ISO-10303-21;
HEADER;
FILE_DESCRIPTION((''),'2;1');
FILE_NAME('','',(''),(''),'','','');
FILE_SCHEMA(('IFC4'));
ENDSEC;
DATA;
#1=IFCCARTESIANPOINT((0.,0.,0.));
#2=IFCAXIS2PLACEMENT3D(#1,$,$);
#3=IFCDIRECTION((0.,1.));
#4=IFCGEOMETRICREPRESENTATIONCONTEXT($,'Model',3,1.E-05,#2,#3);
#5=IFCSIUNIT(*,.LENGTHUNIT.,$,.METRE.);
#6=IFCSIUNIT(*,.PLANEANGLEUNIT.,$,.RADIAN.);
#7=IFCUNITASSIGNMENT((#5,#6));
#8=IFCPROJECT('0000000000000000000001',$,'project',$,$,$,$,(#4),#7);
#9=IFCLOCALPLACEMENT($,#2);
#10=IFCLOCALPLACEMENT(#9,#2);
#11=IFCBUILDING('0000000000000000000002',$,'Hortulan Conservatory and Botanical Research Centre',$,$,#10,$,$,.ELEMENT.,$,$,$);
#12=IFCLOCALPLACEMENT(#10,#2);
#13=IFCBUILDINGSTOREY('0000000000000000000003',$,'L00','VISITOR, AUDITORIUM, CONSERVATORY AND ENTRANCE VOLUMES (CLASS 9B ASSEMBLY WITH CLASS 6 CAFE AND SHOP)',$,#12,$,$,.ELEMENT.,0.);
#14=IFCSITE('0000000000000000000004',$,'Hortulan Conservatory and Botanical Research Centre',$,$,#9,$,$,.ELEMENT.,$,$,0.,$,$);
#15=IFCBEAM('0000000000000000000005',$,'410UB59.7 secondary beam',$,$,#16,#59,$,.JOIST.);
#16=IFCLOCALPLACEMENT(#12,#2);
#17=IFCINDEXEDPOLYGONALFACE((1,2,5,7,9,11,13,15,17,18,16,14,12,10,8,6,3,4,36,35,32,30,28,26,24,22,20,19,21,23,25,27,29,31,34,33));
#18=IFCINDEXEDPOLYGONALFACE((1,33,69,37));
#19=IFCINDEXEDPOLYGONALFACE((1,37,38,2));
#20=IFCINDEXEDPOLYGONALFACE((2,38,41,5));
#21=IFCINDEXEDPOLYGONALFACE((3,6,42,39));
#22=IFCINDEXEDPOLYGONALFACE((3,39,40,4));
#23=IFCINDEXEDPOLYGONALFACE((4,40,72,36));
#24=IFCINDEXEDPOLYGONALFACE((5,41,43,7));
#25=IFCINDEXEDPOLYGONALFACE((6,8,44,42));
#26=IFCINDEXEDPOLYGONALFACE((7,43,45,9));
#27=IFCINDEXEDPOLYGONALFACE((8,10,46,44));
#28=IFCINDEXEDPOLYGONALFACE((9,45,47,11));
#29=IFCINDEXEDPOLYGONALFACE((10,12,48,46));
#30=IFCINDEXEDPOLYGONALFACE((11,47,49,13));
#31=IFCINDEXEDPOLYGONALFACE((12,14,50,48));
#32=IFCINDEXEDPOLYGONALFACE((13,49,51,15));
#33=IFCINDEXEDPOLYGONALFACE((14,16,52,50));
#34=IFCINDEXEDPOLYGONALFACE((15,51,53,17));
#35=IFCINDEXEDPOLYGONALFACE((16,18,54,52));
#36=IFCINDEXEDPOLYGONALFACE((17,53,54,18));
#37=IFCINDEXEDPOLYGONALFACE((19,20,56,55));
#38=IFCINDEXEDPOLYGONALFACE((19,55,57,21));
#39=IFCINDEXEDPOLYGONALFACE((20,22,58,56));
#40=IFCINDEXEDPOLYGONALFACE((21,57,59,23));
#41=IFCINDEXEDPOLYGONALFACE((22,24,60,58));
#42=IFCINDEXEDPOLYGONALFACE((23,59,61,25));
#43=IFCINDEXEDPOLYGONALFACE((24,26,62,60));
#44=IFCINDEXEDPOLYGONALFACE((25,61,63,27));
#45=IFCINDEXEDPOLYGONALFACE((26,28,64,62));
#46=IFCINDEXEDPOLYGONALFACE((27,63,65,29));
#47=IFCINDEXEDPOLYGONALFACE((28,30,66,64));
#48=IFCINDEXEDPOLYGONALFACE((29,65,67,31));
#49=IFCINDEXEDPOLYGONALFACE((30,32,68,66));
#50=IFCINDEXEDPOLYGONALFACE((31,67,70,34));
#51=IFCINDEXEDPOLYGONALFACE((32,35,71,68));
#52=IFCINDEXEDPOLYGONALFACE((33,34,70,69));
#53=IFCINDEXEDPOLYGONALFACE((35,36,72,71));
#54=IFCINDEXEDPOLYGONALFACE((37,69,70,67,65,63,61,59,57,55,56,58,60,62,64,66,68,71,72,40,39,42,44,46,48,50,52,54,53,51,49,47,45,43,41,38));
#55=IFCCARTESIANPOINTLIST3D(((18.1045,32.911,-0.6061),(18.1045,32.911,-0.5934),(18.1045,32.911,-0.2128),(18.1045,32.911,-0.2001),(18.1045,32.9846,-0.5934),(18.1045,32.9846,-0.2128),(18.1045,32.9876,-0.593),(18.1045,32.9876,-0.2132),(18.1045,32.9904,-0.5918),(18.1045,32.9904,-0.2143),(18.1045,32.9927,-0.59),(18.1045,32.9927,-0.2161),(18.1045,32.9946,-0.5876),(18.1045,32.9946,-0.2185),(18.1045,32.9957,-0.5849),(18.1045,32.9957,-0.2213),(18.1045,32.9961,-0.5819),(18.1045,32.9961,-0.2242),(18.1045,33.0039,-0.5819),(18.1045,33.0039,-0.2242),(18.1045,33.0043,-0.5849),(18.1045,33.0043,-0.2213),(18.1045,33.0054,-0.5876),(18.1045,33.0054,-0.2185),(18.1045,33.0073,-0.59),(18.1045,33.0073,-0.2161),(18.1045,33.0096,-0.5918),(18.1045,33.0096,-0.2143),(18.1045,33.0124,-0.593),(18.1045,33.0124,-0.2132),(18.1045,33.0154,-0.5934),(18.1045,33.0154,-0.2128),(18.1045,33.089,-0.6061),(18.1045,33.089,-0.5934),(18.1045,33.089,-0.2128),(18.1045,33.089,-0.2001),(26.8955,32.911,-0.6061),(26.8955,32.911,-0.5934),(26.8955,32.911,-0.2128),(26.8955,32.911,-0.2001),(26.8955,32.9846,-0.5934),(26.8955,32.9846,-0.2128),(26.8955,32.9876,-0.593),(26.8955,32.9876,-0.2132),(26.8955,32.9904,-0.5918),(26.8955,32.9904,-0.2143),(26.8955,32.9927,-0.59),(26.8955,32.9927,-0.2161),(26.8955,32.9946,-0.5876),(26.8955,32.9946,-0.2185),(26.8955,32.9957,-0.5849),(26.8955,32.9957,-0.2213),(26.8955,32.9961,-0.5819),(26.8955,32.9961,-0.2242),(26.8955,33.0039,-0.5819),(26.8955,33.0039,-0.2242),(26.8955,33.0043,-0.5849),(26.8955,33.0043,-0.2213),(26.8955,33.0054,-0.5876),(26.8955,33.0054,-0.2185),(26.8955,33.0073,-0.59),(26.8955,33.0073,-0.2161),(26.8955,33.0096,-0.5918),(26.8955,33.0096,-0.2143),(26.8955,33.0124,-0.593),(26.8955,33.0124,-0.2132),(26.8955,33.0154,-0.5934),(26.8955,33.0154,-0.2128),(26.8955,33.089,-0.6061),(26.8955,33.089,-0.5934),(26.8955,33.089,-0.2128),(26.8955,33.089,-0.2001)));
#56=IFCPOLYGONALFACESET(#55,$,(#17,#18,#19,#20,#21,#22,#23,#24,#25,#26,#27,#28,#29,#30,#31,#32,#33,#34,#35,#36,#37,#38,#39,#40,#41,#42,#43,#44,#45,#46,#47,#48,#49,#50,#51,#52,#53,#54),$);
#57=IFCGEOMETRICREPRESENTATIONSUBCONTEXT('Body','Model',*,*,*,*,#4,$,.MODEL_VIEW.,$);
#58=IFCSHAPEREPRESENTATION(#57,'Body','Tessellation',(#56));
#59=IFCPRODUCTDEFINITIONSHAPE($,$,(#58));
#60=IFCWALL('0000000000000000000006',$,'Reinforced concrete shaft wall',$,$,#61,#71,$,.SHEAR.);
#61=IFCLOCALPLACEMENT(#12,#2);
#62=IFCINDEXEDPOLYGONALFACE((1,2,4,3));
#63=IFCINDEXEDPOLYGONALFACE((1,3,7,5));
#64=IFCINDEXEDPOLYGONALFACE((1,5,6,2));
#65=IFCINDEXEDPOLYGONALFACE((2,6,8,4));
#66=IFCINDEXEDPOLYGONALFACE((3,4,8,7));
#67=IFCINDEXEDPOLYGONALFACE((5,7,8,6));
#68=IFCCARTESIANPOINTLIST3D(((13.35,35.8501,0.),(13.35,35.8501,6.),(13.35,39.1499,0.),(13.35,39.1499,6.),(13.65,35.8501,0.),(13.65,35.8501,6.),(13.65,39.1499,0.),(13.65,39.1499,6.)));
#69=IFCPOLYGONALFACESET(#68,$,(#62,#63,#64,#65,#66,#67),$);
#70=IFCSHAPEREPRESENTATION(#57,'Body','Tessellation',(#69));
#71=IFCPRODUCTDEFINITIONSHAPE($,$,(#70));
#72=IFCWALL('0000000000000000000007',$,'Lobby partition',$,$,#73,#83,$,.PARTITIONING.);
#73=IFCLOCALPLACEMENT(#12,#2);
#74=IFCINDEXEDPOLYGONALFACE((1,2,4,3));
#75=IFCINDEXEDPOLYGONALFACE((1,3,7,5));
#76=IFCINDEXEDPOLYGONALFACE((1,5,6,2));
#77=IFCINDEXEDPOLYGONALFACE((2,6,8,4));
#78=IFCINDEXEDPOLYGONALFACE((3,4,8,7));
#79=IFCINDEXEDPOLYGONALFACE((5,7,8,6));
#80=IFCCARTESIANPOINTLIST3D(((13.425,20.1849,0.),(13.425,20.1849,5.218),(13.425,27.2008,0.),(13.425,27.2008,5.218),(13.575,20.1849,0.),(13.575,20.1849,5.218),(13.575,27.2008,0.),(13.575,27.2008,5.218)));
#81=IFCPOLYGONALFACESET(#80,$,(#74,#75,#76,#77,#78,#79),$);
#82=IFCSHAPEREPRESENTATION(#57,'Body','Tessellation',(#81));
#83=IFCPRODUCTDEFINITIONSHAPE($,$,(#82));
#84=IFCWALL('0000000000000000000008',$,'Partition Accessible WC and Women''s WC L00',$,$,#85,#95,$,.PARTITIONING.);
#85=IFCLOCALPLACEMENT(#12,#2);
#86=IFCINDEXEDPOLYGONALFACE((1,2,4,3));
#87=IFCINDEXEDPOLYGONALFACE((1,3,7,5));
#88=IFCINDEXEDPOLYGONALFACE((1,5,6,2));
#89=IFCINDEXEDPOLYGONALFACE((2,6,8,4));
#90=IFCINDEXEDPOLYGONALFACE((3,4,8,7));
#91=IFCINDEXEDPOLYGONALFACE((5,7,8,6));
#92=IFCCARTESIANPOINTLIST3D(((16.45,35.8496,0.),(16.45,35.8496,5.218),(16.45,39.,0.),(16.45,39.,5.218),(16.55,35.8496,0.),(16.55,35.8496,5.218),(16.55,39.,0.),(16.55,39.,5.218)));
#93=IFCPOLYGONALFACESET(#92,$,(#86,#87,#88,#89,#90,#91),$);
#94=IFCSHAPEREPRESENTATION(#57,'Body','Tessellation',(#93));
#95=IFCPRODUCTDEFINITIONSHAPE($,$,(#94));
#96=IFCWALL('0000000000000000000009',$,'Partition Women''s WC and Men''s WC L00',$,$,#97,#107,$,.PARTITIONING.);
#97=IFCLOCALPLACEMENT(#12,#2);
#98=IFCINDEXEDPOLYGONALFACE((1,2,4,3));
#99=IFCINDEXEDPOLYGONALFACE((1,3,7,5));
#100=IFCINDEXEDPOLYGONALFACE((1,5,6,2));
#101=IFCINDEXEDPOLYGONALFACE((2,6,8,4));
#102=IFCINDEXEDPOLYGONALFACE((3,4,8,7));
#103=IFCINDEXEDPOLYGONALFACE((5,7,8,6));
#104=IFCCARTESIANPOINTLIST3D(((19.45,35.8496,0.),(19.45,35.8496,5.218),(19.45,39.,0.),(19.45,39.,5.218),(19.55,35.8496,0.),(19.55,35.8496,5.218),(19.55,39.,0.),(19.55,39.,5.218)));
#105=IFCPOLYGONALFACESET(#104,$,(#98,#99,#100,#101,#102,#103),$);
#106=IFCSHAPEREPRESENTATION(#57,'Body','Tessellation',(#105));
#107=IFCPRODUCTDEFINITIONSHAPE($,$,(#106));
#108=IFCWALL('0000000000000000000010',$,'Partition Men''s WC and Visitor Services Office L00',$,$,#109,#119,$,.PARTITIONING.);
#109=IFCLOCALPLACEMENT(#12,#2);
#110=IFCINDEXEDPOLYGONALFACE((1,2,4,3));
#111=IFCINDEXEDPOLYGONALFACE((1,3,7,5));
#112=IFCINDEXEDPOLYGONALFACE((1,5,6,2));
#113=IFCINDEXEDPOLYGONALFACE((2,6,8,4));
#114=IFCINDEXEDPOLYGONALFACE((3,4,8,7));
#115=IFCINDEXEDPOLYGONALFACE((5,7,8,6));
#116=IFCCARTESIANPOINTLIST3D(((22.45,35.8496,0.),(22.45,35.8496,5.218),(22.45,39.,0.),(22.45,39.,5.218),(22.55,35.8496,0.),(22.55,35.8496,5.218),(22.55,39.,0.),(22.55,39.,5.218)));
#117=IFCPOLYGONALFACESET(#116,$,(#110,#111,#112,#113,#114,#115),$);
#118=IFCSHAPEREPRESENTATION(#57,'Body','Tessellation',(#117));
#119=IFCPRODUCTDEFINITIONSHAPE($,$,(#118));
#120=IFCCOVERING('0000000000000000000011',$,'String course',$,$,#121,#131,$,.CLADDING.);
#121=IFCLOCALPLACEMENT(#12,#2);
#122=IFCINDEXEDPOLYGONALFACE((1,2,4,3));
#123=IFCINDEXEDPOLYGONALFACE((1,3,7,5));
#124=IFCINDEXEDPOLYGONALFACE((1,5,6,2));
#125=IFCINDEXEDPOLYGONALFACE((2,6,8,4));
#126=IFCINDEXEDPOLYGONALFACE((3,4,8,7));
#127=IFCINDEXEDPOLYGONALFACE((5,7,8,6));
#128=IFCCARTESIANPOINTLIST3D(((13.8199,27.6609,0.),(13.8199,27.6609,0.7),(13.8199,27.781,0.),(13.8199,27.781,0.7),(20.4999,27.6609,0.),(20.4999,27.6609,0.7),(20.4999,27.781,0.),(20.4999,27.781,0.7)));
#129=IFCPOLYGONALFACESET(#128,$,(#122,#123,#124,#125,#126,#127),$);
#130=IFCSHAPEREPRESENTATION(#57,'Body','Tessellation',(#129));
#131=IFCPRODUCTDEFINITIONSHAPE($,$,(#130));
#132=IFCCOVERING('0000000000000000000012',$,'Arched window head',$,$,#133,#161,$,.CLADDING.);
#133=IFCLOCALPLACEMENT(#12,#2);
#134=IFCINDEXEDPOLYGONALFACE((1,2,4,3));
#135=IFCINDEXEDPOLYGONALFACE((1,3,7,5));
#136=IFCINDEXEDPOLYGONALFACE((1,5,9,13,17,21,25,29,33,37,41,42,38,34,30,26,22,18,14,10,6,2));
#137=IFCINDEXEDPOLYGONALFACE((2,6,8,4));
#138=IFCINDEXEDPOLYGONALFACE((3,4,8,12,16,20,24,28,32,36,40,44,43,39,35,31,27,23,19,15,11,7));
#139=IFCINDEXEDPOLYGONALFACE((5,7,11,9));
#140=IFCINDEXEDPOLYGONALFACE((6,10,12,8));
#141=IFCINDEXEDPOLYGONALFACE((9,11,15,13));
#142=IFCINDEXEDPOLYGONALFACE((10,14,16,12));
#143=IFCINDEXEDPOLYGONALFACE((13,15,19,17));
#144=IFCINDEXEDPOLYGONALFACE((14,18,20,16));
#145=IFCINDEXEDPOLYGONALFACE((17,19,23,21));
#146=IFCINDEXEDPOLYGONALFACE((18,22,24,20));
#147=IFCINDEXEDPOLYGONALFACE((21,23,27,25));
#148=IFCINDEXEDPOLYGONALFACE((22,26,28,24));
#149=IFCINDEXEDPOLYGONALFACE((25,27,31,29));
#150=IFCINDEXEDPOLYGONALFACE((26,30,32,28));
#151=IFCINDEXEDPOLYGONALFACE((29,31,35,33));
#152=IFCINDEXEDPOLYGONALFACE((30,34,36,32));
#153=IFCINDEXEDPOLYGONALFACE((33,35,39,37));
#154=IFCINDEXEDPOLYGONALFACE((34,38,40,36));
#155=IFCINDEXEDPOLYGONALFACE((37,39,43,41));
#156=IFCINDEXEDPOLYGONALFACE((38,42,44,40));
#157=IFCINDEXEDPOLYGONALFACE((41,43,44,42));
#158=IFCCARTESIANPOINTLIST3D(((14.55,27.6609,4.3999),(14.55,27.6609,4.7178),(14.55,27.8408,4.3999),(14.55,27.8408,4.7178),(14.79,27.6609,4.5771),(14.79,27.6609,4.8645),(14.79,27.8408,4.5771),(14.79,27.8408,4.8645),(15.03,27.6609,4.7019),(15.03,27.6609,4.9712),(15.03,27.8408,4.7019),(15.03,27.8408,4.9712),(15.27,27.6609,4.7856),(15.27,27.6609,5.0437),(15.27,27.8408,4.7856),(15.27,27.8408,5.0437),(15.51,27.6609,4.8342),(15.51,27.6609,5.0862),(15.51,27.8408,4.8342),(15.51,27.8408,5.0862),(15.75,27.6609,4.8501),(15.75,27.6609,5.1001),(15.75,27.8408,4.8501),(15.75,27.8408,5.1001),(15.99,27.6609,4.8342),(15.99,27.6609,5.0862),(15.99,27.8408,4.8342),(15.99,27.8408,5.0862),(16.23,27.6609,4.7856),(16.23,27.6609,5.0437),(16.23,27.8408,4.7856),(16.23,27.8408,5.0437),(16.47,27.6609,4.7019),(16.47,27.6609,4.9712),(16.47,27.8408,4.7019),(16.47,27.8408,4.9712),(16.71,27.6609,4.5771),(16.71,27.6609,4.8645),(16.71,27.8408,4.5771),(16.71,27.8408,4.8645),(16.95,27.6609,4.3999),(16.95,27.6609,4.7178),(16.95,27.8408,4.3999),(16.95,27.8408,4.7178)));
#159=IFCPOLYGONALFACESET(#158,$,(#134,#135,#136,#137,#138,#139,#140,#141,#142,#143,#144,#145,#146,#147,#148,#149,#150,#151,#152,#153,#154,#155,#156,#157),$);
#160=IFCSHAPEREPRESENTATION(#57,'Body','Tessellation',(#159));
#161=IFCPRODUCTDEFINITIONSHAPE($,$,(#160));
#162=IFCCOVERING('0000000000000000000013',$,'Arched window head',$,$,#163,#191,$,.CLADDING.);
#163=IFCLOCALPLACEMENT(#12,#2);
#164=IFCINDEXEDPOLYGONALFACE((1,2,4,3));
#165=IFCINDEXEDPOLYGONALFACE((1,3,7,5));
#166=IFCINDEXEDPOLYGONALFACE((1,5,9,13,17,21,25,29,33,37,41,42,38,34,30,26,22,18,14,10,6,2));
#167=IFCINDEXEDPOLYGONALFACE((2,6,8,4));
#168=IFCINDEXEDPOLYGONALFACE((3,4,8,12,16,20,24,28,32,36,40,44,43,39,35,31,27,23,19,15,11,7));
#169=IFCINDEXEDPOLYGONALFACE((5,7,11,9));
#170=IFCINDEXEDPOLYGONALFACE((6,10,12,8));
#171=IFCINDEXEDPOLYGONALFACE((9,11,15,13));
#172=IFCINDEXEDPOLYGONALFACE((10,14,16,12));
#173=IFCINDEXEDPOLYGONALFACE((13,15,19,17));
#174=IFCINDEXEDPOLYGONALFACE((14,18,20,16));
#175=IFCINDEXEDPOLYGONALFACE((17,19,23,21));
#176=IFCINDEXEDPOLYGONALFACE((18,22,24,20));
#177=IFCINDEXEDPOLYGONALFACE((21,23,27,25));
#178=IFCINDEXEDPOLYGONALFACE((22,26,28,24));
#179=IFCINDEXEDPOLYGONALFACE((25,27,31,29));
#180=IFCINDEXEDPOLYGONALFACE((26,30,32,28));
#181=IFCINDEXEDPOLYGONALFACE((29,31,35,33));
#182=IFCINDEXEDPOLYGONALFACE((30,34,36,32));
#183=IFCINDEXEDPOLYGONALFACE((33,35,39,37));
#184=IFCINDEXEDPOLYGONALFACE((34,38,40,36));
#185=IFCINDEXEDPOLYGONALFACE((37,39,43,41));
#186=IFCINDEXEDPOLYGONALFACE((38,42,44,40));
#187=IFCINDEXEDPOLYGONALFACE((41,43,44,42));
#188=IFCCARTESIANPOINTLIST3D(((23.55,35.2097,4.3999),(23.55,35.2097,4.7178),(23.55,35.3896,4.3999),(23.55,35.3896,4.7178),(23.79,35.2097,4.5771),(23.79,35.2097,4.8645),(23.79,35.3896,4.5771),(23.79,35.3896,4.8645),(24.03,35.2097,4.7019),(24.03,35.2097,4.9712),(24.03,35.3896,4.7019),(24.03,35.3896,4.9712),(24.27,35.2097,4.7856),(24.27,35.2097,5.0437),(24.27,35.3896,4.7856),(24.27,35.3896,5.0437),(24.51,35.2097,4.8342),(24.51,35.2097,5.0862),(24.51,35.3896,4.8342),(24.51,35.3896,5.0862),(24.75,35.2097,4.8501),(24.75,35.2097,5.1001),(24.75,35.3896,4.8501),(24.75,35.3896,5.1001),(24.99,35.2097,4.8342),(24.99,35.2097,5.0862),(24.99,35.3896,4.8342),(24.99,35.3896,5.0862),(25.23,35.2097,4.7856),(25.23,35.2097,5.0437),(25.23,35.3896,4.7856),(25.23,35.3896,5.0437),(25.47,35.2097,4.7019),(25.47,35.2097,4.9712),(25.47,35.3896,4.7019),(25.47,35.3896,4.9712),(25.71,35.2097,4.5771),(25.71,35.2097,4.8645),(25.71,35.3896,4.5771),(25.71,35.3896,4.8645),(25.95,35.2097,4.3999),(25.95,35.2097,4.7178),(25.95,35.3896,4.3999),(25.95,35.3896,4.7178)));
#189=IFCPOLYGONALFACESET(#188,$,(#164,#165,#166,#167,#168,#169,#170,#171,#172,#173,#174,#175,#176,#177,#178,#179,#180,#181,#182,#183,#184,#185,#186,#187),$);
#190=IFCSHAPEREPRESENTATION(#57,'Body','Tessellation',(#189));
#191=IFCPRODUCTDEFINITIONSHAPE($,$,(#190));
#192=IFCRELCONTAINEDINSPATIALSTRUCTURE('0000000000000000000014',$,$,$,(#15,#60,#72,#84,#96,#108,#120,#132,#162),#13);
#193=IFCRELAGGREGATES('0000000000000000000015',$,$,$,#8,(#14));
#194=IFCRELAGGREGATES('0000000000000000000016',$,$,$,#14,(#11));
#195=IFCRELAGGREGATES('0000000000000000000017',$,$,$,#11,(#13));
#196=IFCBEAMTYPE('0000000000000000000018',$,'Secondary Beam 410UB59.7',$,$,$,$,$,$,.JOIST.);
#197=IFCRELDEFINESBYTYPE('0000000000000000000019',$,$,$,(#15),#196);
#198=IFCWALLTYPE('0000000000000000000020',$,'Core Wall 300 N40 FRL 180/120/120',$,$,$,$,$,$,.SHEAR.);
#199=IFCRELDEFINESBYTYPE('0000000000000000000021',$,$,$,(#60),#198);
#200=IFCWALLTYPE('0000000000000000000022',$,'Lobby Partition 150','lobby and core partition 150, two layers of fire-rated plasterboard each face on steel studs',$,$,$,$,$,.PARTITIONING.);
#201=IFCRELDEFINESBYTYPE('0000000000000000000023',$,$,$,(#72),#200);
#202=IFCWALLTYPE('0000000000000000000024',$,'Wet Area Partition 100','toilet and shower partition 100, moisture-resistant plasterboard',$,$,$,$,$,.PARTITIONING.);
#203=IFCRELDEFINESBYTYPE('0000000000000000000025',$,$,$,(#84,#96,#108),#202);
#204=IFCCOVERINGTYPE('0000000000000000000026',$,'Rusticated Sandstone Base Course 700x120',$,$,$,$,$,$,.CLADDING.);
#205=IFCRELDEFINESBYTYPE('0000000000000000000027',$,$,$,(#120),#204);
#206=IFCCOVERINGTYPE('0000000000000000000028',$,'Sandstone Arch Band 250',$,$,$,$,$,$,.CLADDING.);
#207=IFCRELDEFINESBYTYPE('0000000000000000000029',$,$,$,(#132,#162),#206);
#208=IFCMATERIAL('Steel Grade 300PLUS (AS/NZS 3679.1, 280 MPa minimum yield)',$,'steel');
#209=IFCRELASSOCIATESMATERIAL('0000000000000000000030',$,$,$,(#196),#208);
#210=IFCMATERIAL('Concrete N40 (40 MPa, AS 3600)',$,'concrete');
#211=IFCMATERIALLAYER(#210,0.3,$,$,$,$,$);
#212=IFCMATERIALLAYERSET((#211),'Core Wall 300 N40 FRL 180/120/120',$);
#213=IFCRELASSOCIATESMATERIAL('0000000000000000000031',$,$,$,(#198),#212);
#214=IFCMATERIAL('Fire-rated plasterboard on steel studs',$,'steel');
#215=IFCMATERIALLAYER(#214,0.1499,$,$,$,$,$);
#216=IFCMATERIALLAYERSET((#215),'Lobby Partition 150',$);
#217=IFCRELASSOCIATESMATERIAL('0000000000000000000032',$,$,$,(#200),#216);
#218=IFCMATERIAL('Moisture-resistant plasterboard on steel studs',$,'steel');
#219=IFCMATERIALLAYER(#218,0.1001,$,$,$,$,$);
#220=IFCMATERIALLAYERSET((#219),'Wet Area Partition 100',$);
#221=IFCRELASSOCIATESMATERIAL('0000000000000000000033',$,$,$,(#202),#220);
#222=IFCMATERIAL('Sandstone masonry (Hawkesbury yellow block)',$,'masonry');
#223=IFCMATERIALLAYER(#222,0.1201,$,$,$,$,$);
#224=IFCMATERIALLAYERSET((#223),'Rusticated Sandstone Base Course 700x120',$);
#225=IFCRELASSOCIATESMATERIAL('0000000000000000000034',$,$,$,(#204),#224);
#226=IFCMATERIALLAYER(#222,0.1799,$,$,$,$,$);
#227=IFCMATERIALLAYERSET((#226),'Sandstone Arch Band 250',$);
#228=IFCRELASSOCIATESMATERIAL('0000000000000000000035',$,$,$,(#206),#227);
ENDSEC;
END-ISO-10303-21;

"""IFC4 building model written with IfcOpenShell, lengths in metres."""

from ifc_helpers import new_model, si_unit, direction, frame, frame_2d, origin, origin_2d, place, context, subcontext, project, spatial, polyline, rectangle, i_section, outline, extrude, material, layer, layer_set, material_profile, profile_set, type_object, element, save


model = new_model("IFC4")

# Units and contexts
model_context = context("Model", 3, precision=1e-05, world=origin(), true_north=direction((0.0, 1.0)))
body_context = subcontext(model_context, "Body", "Model", "MODEL_VIEW")
ifc_project = project(units=[si_unit("LENGTHUNIT", "METRE"), si_unit("PLANEANGLEUNIT", "RADIAN")], contexts=[model_context])

# Site, building, storey
site_placement = place(None, origin())
site = spatial("IfcSite", under=ifc_project, at=site_placement, Name="Hortulan Conservatory and Botanical Research Centre", CompositionType="ELEMENT", RefElevation=0.0)
building_placement = place(site_placement, origin())
building = spatial("IfcBuilding", under=site, at=building_placement, Name="Hortulan Conservatory and Botanical Research Centre", CompositionType="ELEMENT")
storey_placement = place(building_placement, origin())
storey = spatial("IfcBuildingStorey", under=building, at=storey_placement, Name="L00", Description="VISITOR, AUDITORIUM, CONSERVATORY AND ENTRANCE VOLUMES (CLASS 9B ASSEMBLY WITH CLASS 6 CAFE AND SHOP)", CompositionType="ELEMENT", Elevation=0.0)

# Shared definitions
ifc_material_1 = material(Name="Steel Grade 300PLUS (AS/NZS 3679.1, 280 MPa minimum yield)", Category="steel")

# Beam
ifc_material_profile_1 = material_profile(ifc_material_1, i_section(OverallWidth=0.178, OverallDepth=0.406, WebThickness=0.0078, FlangeThickness=0.0127, FilletRadius=0.0115, at=origin_2d()), Name="410UB59.7")
ifc_profile_set_1 = profile_set([ifc_material_profile_1], Name="Steel Grade 300PLUS (AS/NZS 3679.1, 280 MPa minimum yield)")
beam_type_1 = type_object("IfcBeamType", Name="Secondary Beam 410UB59.7", PredefinedType="JOIST", material=ifc_profile_set_1)
for number, where, z_axis, x_axis, name in (
    (1, (18.1045, 33.0, -0.4031), (1.0, 0.0, 0.0), (0.0, 1.0, 0.0), "410UB59.7 secondary beam"),
):
    element("IfcBeam", number, at=place(storey_placement, frame(where, z_axis=z_axis, x_axis=x_axis)), inside=storey, type_object=beam_type_1, Name=name, PredefinedType="JOIST", context=body_context, shape_type="SweptSolid", body=[
        extrude(i_section(OverallWidth=0.178, OverallDepth=0.406, WebThickness=0.0078, FlangeThickness=0.0127, FilletRadius=0.0115, at=origin_2d()), origin(), (0.0, 0.0, 1.0), 8.791),
    ])

# Walls
ifc_material_2 = material(Name="Concrete N40 (40 MPa, AS 3600)", Category="concrete")
ifc_layer_1 = layer(ifc_material_2, 0.3)
ifc_layer_set_1 = layer_set([ifc_layer_1], Name="Core Wall 300 N40 FRL 180/120/120")
wall_type_1 = type_object("IfcWallType", Name="Core Wall 300 N40 FRL 180/120/120", PredefinedType="SHEAR", material=ifc_layer_set_1)
wall_1_placement = place(storey_placement, frame((13.5, 35.8501, 0.0), z_axis=(0.0, 0.0, 1.0), x_axis=(0.0, 1.0, 0.0)))
element("IfcWall", 2, at=wall_1_placement, inside=storey, type_object=wall_type_1, Name="Reinforced concrete shaft wall", PredefinedType="SHEAR", context=body_context, shape_type="SweptSolid", body=[
    extrude(rectangle(XDim=3.2998, YDim=0.3, at=frame_2d((1.6499, 0.0))), origin(), (0.0, 0.0, 1.0), 6.0),
])
ifc_material_3 = material(Name="Fire-rated plasterboard on steel studs", Category="steel")
ifc_layer_2 = layer(ifc_material_3, 0.1499)
ifc_layer_set_2 = layer_set([ifc_layer_2], Name="Lobby Partition 150")
wall_type_2 = type_object("IfcWallType", Name="Lobby Partition 150", Description="lobby and core partition 150, two layers of fire-rated plasterboard each face on steel studs", PredefinedType="PARTITIONING", material=ifc_layer_set_2)
wall_2_placement = place(storey_placement, frame((13.5, 20.1851, 0.0), z_axis=(0.0, 0.0, 1.0), x_axis=(0.0, 1.0, 0.0)))
element("IfcWall", 3, at=wall_2_placement, inside=storey, type_object=wall_type_2, Name="Lobby partition", PredefinedType="PARTITIONING", context=body_context, shape_type="SweptSolid", body=[
    extrude(rectangle(XDim=7.0159, YDim=0.1499, at=frame_2d((3.5078, 0.0))), origin(), (0.0, 0.0, 1.0), 5.218),
])
ifc_material_4 = material(Name="Moisture-resistant plasterboard on steel studs", Category="steel")
ifc_layer_3 = layer(ifc_material_4, 0.1001)
ifc_layer_set_3 = layer_set([ifc_layer_3], Name="Wet Area Partition 100")
wall_type_3 = type_object("IfcWallType", Name="Wet Area Partition 100", Description="toilet and shower partition 100, moisture-resistant plasterboard", PredefinedType="PARTITIONING", material=ifc_layer_set_3)
for number, where, z_axis, x_axis, name in (
    (4, (16.5, 35.8496, 0.0), (0.0, 0.0, 1.0), (0.0, 1.0, 0.0), "Partition Accessible WC and Women's WC L00"),
    (5, (19.5, 35.8496, 0.0), (0.0, 0.0, 1.0), (0.0, 1.0, 0.0), "Partition Women's WC and Men's WC L00"),
    (6, (22.5, 35.8496, 0.0), (0.0, 0.0, 1.0), (0.0, 1.0, 0.0), "Partition Men's WC and Visitor Services Office L00"),
):
    element("IfcWall", number, at=place(storey_placement, frame(where, z_axis=z_axis, x_axis=x_axis)), inside=storey, type_object=wall_type_3, Name=name, PredefinedType="PARTITIONING", context=body_context, shape_type="SweptSolid", body=[
        extrude(rectangle(XDim=3.1504, YDim=0.1001, at=frame_2d((1.5752, 0.0))), origin(), (0.0, 0.0, 1.0), 5.218),
    ])

# Coverings
ifc_material_5 = material(Name="Sandstone masonry (Hawkesbury yellow block)", Category="masonry")
ifc_layer_4 = layer(ifc_material_5, 0.1201)
ifc_layer_set_4 = layer_set([ifc_layer_4], Name="Rusticated Sandstone Base Course 700x120")
covering_type_1 = type_object("IfcCoveringType", Name="Rusticated Sandstone Base Course 700x120", PredefinedType="CLADDING", material=ifc_layer_set_4)
covering_1_placement = place(storey_placement, frame((17.1599, 27.7209, 0.0), z_axis=(0.0, 0.0, 1.0), x_axis=(1.0, 0.0, 0.0)))
element("IfcCovering", 7, at=covering_1_placement, inside=storey, type_object=covering_type_1, Name="String course", PredefinedType="CLADDING", context=body_context, shape_type="SweptSolid", body=[
    extrude(rectangle(XDim=6.6799, YDim=0.1201, at=origin_2d()), origin(), (0.0, 0.0, 1.0), 0.7),
])
ifc_layer_5 = layer(ifc_material_5, 0.1799)
ifc_layer_set_5 = layer_set([ifc_layer_5], Name="Sandstone Arch Band 250")
covering_type_2 = type_object("IfcCoveringType", Name="Sandstone Arch Band 250", PredefinedType="CLADDING", material=ifc_layer_set_5)
for number, where, z_axis, x_axis, name in (
    (8, (14.55, 27.751, 4.3999), (0.0, 0.0, 1.0), (1.0, 0.0, 0.0), "Arched window head"),
    (9, (25.95, 35.2996, 4.3999), (0.0, 0.0, 1.0), (-1.0, 0.0, 0.0), "Arched window head"),
):
    element("IfcCovering", number, at=place(storey_placement, frame(where, z_axis=z_axis, x_axis=x_axis)), inside=storey, type_object=covering_type_2, Name=name, PredefinedType="CLADDING", context=body_context, shape_type="SweptSolid", body=[
        extrude(outline(polyline([(0.0, 0.0), (0.24, 0.1772), (0.48, 0.302), (0.72, 0.3857), (0.96, 0.4343), (1.2, 0.4502), (1.4399, 0.4343), (1.6799, 0.3857), (1.9199, 0.302), (2.1599, 0.1772), (2.3999, 0.0), (2.3999, 0.3179), (2.1599, 0.4646), (1.9199, 0.5713), (1.6799, 0.6438), (1.4399, 0.6863), (1.2, 0.7002), (0.96, 0.6863), (0.72, 0.6438), (0.48, 0.5713), (0.24, 0.4646), (0.0, 0.3179), (0.0, 0.0)])), frame((0.0, 0.0898, 0.0), z_axis=(0.0, -1.0, 0.0), x_axis=(1.0, 0.0, 0.0)), (0.0, 0.0, 1.0), 0.1799),
    ])

save(model, "model.ifc")
